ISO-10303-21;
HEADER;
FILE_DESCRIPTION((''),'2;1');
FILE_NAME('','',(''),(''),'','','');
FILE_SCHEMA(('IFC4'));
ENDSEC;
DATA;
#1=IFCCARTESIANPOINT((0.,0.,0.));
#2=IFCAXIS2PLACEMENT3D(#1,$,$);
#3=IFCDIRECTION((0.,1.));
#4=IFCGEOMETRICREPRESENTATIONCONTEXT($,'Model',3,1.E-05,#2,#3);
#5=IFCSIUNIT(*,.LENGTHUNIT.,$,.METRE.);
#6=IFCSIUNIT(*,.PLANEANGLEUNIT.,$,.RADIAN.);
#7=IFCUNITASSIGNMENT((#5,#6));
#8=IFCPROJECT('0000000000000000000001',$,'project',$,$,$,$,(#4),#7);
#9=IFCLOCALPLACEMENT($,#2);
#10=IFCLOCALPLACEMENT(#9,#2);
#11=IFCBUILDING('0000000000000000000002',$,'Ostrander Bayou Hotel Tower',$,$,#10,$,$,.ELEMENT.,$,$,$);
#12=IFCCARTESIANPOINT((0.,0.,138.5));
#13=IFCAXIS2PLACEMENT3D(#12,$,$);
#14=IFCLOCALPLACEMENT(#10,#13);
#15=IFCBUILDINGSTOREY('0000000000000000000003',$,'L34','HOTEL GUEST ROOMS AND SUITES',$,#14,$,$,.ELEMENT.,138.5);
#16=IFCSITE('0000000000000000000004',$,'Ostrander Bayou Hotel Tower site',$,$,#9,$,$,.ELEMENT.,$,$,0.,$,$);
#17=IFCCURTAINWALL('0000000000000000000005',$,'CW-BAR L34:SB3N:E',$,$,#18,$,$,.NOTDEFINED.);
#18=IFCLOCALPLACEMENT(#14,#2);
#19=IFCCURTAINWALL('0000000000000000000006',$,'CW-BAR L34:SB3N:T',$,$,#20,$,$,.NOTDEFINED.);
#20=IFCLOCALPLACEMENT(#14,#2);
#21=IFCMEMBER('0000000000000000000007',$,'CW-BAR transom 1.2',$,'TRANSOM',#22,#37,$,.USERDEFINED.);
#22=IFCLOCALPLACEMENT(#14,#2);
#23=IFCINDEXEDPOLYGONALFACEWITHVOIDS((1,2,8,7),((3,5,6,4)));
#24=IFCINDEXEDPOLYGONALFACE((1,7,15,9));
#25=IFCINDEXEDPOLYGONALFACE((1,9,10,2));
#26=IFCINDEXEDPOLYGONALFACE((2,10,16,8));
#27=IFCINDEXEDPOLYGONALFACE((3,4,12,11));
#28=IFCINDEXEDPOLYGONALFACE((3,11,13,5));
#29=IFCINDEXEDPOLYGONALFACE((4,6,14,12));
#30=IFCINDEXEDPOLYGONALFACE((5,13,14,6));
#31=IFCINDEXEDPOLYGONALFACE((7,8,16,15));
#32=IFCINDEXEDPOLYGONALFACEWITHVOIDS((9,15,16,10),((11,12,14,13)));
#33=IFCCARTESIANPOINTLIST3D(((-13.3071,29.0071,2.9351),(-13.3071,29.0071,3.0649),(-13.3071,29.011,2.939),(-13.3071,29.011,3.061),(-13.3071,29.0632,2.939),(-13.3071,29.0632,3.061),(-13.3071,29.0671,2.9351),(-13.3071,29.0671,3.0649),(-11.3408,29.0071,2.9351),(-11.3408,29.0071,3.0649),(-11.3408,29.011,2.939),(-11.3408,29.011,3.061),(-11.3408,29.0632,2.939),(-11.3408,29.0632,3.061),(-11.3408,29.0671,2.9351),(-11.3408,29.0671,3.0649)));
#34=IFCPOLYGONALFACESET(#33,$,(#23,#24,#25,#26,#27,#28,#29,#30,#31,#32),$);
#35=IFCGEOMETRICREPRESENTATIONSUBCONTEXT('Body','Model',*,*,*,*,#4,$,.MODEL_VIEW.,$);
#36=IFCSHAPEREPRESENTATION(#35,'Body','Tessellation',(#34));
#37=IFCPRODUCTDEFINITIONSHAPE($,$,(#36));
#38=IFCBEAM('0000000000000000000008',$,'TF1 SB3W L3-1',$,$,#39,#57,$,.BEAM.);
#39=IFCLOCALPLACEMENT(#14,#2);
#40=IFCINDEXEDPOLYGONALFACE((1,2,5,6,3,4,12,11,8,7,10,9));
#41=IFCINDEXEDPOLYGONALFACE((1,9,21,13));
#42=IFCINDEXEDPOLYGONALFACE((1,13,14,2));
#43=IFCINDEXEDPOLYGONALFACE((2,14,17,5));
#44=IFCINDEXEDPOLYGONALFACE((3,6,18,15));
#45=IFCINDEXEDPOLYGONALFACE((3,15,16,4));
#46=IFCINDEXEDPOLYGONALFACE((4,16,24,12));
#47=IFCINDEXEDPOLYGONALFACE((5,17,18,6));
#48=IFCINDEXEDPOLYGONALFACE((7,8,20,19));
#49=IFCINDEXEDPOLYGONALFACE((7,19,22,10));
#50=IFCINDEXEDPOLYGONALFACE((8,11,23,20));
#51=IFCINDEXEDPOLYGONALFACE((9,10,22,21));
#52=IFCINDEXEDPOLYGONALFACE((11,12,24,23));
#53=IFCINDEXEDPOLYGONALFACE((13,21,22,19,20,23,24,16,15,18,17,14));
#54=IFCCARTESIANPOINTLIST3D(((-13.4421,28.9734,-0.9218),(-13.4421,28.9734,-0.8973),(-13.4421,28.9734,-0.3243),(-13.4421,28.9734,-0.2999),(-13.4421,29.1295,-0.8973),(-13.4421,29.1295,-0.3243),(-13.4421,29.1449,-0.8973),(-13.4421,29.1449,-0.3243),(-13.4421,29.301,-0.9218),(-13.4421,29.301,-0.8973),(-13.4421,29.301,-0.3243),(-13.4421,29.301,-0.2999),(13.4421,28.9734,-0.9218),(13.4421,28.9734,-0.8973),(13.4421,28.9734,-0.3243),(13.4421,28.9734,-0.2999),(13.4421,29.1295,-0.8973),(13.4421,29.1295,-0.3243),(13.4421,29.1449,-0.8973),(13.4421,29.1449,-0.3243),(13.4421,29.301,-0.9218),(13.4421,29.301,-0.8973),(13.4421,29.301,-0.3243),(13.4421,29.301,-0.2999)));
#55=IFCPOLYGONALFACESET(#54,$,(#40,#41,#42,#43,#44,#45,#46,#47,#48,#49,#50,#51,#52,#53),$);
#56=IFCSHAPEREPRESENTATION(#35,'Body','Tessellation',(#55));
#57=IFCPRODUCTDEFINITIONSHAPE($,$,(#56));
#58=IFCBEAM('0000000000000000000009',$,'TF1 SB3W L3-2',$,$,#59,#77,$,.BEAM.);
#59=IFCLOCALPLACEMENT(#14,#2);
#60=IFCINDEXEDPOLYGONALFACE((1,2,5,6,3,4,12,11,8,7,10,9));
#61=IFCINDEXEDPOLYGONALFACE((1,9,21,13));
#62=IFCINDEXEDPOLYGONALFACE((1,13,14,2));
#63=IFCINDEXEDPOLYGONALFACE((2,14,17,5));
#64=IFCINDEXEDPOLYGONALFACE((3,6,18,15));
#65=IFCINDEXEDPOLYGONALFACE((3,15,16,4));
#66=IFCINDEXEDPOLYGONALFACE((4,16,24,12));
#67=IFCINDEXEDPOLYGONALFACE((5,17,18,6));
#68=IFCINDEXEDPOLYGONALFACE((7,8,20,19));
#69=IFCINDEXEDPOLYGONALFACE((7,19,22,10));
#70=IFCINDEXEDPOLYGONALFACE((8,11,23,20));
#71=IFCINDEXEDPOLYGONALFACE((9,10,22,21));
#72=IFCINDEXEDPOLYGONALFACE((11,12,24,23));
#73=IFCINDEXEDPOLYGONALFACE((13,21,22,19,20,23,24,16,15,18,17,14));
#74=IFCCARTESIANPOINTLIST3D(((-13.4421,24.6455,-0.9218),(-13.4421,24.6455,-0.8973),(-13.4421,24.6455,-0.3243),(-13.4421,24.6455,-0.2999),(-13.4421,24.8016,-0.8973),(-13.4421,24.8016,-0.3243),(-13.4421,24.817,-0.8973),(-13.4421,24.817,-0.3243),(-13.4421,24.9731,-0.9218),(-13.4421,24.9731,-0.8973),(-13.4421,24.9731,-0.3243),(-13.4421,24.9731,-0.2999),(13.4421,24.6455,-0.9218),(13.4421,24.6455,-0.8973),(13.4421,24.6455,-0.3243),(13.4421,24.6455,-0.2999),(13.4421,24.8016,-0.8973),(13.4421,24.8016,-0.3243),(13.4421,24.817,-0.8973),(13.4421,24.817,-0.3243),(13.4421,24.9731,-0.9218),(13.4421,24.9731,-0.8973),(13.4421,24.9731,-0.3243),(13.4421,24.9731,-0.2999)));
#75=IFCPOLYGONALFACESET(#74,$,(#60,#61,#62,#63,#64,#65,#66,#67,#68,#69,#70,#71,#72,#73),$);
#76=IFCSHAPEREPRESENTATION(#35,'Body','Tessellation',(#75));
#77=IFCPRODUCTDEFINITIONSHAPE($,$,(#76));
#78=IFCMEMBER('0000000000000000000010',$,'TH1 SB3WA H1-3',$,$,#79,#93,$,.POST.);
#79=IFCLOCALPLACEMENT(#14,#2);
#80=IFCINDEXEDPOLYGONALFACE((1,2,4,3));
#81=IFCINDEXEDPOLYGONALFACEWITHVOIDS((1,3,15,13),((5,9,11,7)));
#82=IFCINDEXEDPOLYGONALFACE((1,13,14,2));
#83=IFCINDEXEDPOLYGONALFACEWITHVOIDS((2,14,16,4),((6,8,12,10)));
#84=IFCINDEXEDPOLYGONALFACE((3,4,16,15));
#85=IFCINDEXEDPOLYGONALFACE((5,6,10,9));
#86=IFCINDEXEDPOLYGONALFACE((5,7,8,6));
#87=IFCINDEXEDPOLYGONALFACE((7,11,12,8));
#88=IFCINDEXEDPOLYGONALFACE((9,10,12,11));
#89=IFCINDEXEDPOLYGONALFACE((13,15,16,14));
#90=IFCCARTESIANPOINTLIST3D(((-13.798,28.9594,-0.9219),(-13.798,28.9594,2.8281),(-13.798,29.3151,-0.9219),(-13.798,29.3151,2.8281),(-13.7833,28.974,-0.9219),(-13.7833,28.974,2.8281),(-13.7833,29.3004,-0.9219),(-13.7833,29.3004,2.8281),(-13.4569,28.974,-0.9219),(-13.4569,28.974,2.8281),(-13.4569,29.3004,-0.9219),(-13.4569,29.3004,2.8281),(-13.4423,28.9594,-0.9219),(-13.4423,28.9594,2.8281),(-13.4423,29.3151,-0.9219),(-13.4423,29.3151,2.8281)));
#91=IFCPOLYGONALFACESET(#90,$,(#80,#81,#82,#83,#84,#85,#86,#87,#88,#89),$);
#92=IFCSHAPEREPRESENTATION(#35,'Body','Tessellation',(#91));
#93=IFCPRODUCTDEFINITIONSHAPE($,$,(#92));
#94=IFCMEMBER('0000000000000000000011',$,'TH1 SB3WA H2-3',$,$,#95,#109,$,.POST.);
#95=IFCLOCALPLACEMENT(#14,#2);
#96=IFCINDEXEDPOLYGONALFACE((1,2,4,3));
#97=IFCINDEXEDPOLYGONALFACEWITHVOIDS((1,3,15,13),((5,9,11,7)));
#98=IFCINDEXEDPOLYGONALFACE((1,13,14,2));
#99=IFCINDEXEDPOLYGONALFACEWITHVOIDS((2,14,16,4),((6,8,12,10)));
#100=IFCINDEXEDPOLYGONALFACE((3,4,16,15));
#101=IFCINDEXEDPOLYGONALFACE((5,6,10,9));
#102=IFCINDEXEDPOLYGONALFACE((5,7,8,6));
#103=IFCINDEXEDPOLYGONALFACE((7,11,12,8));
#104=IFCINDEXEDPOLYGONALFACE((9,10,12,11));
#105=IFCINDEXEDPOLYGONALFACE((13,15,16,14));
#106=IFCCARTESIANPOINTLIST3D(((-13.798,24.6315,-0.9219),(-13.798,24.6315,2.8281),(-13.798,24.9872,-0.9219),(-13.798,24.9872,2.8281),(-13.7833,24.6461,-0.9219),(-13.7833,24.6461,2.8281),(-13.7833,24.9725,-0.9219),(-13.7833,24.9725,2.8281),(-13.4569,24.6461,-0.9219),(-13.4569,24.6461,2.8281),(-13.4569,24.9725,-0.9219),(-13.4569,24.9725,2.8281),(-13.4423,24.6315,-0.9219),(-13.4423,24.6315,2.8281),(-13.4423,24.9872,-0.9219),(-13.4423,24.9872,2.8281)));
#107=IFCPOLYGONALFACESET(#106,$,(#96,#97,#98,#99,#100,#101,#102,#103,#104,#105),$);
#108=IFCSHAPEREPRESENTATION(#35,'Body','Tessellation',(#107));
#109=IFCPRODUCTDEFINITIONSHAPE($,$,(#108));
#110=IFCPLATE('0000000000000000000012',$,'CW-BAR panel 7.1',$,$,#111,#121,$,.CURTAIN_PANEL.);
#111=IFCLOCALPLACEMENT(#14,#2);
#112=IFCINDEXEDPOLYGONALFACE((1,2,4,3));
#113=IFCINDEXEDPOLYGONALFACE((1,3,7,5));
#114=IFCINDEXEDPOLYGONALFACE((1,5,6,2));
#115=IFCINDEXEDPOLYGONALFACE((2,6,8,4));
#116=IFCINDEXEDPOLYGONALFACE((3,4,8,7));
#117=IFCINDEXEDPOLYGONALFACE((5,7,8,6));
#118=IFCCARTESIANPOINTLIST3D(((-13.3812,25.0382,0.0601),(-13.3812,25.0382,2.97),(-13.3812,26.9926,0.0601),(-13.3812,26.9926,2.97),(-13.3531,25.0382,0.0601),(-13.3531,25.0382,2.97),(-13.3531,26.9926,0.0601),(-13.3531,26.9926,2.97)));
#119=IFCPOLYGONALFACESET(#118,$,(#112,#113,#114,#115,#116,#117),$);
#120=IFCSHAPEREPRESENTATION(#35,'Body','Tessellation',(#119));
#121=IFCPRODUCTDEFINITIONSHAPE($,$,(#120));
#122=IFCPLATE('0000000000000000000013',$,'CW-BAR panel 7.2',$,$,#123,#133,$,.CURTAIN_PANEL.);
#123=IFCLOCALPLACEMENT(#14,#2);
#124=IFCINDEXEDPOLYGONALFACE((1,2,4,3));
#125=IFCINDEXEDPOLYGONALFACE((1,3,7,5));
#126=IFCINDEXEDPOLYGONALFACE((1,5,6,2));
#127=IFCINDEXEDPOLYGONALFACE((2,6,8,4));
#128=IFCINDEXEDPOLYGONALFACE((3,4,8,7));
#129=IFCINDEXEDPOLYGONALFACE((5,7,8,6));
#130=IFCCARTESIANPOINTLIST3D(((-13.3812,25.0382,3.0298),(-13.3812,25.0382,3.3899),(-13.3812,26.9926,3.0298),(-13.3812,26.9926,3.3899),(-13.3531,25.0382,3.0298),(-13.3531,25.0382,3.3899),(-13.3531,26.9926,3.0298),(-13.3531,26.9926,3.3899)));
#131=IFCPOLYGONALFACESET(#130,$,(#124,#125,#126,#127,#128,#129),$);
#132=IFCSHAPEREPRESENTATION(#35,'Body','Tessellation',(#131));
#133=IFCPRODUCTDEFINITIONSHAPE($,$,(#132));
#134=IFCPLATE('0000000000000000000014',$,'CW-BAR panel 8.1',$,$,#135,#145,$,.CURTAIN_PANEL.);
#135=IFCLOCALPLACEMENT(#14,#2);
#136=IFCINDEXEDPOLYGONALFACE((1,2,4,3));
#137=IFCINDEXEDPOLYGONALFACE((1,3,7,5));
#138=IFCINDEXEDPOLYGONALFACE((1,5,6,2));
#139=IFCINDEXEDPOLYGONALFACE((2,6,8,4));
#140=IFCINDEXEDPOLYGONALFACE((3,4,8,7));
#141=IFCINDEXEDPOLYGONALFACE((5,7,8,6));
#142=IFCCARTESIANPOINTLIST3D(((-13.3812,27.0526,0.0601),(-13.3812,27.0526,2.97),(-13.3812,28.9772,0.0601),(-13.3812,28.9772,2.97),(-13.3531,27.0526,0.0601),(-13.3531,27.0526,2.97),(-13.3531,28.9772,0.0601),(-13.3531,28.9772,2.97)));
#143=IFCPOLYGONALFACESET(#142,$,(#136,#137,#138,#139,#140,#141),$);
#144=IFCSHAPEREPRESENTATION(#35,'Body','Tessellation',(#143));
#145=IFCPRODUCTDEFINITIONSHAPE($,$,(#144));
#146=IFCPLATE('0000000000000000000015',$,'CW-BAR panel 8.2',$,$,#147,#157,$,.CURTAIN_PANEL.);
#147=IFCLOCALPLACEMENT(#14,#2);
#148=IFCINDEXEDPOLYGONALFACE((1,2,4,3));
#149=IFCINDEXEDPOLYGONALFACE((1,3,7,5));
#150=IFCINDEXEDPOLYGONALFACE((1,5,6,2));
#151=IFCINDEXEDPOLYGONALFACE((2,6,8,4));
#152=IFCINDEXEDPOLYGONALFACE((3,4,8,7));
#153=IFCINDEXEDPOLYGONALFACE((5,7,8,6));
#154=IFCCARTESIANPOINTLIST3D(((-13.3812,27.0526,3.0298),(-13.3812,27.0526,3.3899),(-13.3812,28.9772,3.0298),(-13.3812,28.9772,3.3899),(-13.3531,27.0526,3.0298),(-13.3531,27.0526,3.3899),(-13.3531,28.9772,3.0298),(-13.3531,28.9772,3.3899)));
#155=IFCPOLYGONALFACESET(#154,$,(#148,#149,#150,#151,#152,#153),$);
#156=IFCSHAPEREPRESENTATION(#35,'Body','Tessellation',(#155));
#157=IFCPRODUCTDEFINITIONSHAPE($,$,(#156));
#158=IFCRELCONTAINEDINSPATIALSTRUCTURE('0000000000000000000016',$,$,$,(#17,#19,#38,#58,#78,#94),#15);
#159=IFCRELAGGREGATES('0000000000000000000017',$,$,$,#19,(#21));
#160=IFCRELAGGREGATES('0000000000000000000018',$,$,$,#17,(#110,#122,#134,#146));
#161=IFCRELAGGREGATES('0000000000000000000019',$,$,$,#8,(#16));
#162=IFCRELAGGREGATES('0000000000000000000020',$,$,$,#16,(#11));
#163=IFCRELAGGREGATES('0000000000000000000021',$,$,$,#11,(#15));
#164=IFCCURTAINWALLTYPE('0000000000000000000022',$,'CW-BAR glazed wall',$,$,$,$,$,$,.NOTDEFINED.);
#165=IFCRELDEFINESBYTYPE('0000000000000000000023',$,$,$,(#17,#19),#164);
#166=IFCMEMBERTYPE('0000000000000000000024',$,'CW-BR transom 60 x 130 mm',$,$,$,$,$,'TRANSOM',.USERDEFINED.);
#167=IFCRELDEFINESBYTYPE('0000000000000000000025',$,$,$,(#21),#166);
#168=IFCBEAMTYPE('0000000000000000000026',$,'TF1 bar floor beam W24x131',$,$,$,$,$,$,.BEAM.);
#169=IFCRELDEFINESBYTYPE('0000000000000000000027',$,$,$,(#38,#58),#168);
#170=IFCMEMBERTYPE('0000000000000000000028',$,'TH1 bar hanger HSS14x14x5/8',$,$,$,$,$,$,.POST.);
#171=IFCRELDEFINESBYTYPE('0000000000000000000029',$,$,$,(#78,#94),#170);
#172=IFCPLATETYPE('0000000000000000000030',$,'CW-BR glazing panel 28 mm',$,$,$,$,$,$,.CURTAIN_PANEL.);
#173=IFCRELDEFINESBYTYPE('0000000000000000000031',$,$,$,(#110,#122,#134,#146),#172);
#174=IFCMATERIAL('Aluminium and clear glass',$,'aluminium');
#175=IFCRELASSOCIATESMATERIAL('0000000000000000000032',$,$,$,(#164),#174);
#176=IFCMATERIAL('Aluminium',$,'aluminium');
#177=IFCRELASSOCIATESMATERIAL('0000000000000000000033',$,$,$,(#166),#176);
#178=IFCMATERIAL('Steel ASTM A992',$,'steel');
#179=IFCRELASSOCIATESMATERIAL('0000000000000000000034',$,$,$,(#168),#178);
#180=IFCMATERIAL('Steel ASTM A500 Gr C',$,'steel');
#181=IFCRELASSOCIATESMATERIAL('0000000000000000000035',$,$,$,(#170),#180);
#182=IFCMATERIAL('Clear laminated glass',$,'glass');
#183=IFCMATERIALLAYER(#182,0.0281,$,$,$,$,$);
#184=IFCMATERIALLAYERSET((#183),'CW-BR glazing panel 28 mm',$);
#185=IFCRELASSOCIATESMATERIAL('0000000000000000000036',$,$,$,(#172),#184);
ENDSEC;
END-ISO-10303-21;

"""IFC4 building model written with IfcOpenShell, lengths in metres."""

from ifc_helpers import new_model, si_unit, direction, frame, origin, origin_2d, place, context, subcontext, project, spatial, rectangle, hollow_rectangle, i_section, extrude, material, layer, layer_set, material_profile, profile_set, type_object, element, aggregate, save


model = new_model("IFC4")

# Units and contexts
model_context = context("Model", 3, precision=1e-05, world=origin(), true_north=direction((0.0, 1.0)))
body_context = subcontext(model_context, "Body", "Model", "MODEL_VIEW")
ifc_project = project(units=[si_unit("LENGTHUNIT", "METRE"), si_unit("PLANEANGLEUNIT", "RADIAN")], contexts=[model_context])

# Site, building, storey
site_placement = place(None, origin())
site = spatial("IfcSite", under=ifc_project, at=site_placement, Name="Ostrander Bayou Hotel Tower site", CompositionType="ELEMENT", RefElevation=0.0)
building_placement = place(site_placement, origin())
building = spatial("IfcBuilding", under=site, at=building_placement, Name="Ostrander Bayou Hotel Tower", CompositionType="ELEMENT")
storey_placement = place(building_placement, frame((0.0, 0.0, 138.5)))
storey = spatial("IfcBuildingStorey", under=building, at=storey_placement, Name="L34", Description="HOTEL GUEST ROOMS AND SUITES", CompositionType="ELEMENT", Elevation=138.5)

# Curtain wall
ifc_material_1 = material(Name="Aluminium and clear glass", Category="aluminium")
curtain_wall_type = type_object("IfcCurtainWallType", Name="CW-BAR glazed wall", PredefinedType="NOTDEFINED", material=ifc_material_1)
curtain_wall_1_placement = place(storey_placement, origin())
curtain_wall_1 = element("IfcCurtainWall", 1, at=curtain_wall_1_placement, inside=storey, type_object=curtain_wall_type, Name="CW-BAR L34:SB3N:E", PredefinedType="NOTDEFINED")

# Curtain wall
curtain_wall_2_placement = place(storey_placement, origin())
curtain_wall_2 = element("IfcCurtainWall", 2, at=curtain_wall_2_placement, inside=storey, type_object=curtain_wall_type, Name="CW-BAR L34:SB3N:T", PredefinedType="NOTDEFINED")

# Member
ifc_material_2 = material(Name="Aluminium", Category="aluminium")
ifc_material_profile_1 = material_profile(ifc_material_2, hollow_rectangle(XDim=0.0601, YDim=0.1299, WallThickness=0.0039, at=origin_2d()))
ifc_profile_set_1 = profile_set([ifc_material_profile_1], Name="Aluminium")
member_type_1 = type_object("IfcMemberType", Name="CW-BR transom 60 x 130 mm", ElementType="TRANSOM", PredefinedType="USERDEFINED", material=ifc_profile_set_1)
member_1_placement = place(storey_placement, frame((-13.3071, 29.0371, 3.0), z_axis=(1.0, 0.0, 0.0), x_axis=(0.0, 1.0, 0.0)))
member_1 = element("IfcMember", 3, at=member_1_placement, type_object=member_type_1, Name="CW-BAR transom 1.2", ObjectType="TRANSOM", PredefinedType="USERDEFINED", context=body_context, shape_type="SweptSolid", body=[
    extrude(hollow_rectangle(XDim=0.0601, YDim=0.1299, WallThickness=0.0039, at=origin_2d()), origin(), (0.0, 0.0, 1.0), 1.9663),
])
aggregate(curtain_wall_2, [member_1])

# Beams
ifc_material_3 = material(Name="Steel ASTM A992", Category="steel")
ifc_material_profile_2 = material_profile(ifc_material_3, i_section(OverallWidth=0.3276, OverallDepth=0.6218, WebThickness=0.0154, FlangeThickness=0.0244, at=origin_2d()))
ifc_profile_set_2 = profile_set([ifc_material_profile_2], Name="Steel ASTM A992")
beam_type = type_object("IfcBeamType", Name="TF1 bar floor beam W24x131", PredefinedType="BEAM", material=ifc_profile_set_2)
for number, where, z_axis, x_axis, name in (
    (4, (-13.4421, 29.1372, -0.6108), (1.0, 0.0, 0.0), (0.0, 1.0, 0.0), "TF1 SB3W L3-1"),
    (5, (-13.4421, 24.8093, -0.6108), (1.0, 0.0, 0.0), (0.0, 1.0, 0.0), "TF1 SB3W L3-2"),
):
    element("IfcBeam", number, at=place(storey_placement, frame(where, z_axis=z_axis, x_axis=x_axis)), inside=storey, type_object=beam_type, Name=name, PredefinedType="BEAM", context=body_context, shape_type="SweptSolid", body=[
        extrude(i_section(OverallWidth=0.3276, OverallDepth=0.6218, WebThickness=0.0154, FlangeThickness=0.0244, at=origin_2d()), origin(), (0.0, 0.0, 1.0), 26.8843),
    ])

# Members
ifc_material_4 = material(Name="Steel ASTM A500 Gr C", Category="steel")
ifc_material_profile_3 = material_profile(ifc_material_4, hollow_rectangle(XDim=0.3557, YDim=0.3557, WallThickness=0.0146, at=origin_2d()))
ifc_profile_set_3 = profile_set([ifc_material_profile_3], Name="Steel ASTM A500 Gr C")
member_type_2 = type_object("IfcMemberType", Name="TH1 bar hanger HSS14x14x5/8", PredefinedType="POST", material=ifc_profile_set_3)
for number, where, z_axis, x_axis, name in (
    (6, (-13.6201, 29.1372, -0.9219), (0.0, 0.0, 1.0), (1.0, 0.0, 0.0), "TH1 SB3WA H1-3"),
    (7, (-13.6201, 24.8093, -0.9219), (0.0, 0.0, 1.0), (1.0, 0.0, 0.0), "TH1 SB3WA H2-3"),
):
    element("IfcMember", number, at=place(storey_placement, frame(where, z_axis=z_axis, x_axis=x_axis)), inside=storey, type_object=member_type_2, Name=name, PredefinedType="POST", context=body_context, shape_type="SweptSolid", body=[
        extrude(hollow_rectangle(XDim=0.3557, YDim=0.3557, WallThickness=0.0146, at=origin_2d()), origin(), (0.0, 0.0, 1.0), 3.75),
    ])

# Plates
ifc_material_5 = material(Name="Clear laminated glass", Category="glass")
ifc_layer = layer(ifc_material_5, 0.0281)
ifc_layer_set = layer_set([ifc_layer], Name="CW-BR glazing panel 28 mm")
plate_type = type_object("IfcPlateType", Name="CW-BR glazing panel 28 mm", PredefinedType="CURTAIN_PANEL", material=ifc_layer_set)
plate_1_placement = place(storey_placement, frame((-13.3672, 26.0154, 0.0601), z_axis=(0.0, 0.0, 1.0), x_axis=(0.0, 1.0, 0.0)))
plate_1 = element("IfcPlate", 8, at=plate_1_placement, type_object=plate_type, Name="CW-BAR panel 7.1", PredefinedType="CURTAIN_PANEL", context=body_context, shape_type="SweptSolid", body=[
    extrude(rectangle(XDim=1.9543, YDim=0.0281, at=origin_2d()), origin(), (0.0, 0.0, 1.0), 2.9099),
])
plate_2_placement = place(storey_placement, frame((-13.3672, 26.0154, 3.0298), z_axis=(0.0, 0.0, 1.0), x_axis=(0.0, 1.0, 0.0)))
plate_2 = element("IfcPlate", 9, at=plate_2_placement, type_object=plate_type, Name="CW-BAR panel 7.2", PredefinedType="CURTAIN_PANEL", context=body_context, shape_type="SweptSolid", body=[
    extrude(rectangle(XDim=1.9543, YDim=0.0281, at=origin_2d()), origin(), (0.0, 0.0, 1.0), 0.3601),
])
plate_3_placement = place(storey_placement, frame((-13.3672, 28.0149, 0.0601), z_axis=(0.0, 0.0, 1.0), x_axis=(0.0, 1.0, 0.0)))
plate_3 = element("IfcPlate", 10, at=plate_3_placement, type_object=plate_type, Name="CW-BAR panel 8.1", PredefinedType="CURTAIN_PANEL", context=body_context, shape_type="SweptSolid", body=[
    extrude(rectangle(XDim=1.9246, YDim=0.0281, at=origin_2d()), origin(), (0.0, 0.0, 1.0), 2.9099),
])
plate_4_placement = place(storey_placement, frame((-13.3672, 28.0149, 3.0298), z_axis=(0.0, 0.0, 1.0), x_axis=(0.0, 1.0, 0.0)))
plate_4 = element("IfcPlate", 11, at=plate_4_placement, type_object=plate_type, Name="CW-BAR panel 8.2", PredefinedType="CURTAIN_PANEL", context=body_context, shape_type="SweptSolid", body=[
    extrude(rectangle(XDim=1.9246, YDim=0.0281, at=origin_2d()), origin(), (0.0, 0.0, 1.0), 0.3601),
])
aggregate(curtain_wall_1, [plate_1, plate_2, plate_3, plate_4])

save(model, "model.ifc")
